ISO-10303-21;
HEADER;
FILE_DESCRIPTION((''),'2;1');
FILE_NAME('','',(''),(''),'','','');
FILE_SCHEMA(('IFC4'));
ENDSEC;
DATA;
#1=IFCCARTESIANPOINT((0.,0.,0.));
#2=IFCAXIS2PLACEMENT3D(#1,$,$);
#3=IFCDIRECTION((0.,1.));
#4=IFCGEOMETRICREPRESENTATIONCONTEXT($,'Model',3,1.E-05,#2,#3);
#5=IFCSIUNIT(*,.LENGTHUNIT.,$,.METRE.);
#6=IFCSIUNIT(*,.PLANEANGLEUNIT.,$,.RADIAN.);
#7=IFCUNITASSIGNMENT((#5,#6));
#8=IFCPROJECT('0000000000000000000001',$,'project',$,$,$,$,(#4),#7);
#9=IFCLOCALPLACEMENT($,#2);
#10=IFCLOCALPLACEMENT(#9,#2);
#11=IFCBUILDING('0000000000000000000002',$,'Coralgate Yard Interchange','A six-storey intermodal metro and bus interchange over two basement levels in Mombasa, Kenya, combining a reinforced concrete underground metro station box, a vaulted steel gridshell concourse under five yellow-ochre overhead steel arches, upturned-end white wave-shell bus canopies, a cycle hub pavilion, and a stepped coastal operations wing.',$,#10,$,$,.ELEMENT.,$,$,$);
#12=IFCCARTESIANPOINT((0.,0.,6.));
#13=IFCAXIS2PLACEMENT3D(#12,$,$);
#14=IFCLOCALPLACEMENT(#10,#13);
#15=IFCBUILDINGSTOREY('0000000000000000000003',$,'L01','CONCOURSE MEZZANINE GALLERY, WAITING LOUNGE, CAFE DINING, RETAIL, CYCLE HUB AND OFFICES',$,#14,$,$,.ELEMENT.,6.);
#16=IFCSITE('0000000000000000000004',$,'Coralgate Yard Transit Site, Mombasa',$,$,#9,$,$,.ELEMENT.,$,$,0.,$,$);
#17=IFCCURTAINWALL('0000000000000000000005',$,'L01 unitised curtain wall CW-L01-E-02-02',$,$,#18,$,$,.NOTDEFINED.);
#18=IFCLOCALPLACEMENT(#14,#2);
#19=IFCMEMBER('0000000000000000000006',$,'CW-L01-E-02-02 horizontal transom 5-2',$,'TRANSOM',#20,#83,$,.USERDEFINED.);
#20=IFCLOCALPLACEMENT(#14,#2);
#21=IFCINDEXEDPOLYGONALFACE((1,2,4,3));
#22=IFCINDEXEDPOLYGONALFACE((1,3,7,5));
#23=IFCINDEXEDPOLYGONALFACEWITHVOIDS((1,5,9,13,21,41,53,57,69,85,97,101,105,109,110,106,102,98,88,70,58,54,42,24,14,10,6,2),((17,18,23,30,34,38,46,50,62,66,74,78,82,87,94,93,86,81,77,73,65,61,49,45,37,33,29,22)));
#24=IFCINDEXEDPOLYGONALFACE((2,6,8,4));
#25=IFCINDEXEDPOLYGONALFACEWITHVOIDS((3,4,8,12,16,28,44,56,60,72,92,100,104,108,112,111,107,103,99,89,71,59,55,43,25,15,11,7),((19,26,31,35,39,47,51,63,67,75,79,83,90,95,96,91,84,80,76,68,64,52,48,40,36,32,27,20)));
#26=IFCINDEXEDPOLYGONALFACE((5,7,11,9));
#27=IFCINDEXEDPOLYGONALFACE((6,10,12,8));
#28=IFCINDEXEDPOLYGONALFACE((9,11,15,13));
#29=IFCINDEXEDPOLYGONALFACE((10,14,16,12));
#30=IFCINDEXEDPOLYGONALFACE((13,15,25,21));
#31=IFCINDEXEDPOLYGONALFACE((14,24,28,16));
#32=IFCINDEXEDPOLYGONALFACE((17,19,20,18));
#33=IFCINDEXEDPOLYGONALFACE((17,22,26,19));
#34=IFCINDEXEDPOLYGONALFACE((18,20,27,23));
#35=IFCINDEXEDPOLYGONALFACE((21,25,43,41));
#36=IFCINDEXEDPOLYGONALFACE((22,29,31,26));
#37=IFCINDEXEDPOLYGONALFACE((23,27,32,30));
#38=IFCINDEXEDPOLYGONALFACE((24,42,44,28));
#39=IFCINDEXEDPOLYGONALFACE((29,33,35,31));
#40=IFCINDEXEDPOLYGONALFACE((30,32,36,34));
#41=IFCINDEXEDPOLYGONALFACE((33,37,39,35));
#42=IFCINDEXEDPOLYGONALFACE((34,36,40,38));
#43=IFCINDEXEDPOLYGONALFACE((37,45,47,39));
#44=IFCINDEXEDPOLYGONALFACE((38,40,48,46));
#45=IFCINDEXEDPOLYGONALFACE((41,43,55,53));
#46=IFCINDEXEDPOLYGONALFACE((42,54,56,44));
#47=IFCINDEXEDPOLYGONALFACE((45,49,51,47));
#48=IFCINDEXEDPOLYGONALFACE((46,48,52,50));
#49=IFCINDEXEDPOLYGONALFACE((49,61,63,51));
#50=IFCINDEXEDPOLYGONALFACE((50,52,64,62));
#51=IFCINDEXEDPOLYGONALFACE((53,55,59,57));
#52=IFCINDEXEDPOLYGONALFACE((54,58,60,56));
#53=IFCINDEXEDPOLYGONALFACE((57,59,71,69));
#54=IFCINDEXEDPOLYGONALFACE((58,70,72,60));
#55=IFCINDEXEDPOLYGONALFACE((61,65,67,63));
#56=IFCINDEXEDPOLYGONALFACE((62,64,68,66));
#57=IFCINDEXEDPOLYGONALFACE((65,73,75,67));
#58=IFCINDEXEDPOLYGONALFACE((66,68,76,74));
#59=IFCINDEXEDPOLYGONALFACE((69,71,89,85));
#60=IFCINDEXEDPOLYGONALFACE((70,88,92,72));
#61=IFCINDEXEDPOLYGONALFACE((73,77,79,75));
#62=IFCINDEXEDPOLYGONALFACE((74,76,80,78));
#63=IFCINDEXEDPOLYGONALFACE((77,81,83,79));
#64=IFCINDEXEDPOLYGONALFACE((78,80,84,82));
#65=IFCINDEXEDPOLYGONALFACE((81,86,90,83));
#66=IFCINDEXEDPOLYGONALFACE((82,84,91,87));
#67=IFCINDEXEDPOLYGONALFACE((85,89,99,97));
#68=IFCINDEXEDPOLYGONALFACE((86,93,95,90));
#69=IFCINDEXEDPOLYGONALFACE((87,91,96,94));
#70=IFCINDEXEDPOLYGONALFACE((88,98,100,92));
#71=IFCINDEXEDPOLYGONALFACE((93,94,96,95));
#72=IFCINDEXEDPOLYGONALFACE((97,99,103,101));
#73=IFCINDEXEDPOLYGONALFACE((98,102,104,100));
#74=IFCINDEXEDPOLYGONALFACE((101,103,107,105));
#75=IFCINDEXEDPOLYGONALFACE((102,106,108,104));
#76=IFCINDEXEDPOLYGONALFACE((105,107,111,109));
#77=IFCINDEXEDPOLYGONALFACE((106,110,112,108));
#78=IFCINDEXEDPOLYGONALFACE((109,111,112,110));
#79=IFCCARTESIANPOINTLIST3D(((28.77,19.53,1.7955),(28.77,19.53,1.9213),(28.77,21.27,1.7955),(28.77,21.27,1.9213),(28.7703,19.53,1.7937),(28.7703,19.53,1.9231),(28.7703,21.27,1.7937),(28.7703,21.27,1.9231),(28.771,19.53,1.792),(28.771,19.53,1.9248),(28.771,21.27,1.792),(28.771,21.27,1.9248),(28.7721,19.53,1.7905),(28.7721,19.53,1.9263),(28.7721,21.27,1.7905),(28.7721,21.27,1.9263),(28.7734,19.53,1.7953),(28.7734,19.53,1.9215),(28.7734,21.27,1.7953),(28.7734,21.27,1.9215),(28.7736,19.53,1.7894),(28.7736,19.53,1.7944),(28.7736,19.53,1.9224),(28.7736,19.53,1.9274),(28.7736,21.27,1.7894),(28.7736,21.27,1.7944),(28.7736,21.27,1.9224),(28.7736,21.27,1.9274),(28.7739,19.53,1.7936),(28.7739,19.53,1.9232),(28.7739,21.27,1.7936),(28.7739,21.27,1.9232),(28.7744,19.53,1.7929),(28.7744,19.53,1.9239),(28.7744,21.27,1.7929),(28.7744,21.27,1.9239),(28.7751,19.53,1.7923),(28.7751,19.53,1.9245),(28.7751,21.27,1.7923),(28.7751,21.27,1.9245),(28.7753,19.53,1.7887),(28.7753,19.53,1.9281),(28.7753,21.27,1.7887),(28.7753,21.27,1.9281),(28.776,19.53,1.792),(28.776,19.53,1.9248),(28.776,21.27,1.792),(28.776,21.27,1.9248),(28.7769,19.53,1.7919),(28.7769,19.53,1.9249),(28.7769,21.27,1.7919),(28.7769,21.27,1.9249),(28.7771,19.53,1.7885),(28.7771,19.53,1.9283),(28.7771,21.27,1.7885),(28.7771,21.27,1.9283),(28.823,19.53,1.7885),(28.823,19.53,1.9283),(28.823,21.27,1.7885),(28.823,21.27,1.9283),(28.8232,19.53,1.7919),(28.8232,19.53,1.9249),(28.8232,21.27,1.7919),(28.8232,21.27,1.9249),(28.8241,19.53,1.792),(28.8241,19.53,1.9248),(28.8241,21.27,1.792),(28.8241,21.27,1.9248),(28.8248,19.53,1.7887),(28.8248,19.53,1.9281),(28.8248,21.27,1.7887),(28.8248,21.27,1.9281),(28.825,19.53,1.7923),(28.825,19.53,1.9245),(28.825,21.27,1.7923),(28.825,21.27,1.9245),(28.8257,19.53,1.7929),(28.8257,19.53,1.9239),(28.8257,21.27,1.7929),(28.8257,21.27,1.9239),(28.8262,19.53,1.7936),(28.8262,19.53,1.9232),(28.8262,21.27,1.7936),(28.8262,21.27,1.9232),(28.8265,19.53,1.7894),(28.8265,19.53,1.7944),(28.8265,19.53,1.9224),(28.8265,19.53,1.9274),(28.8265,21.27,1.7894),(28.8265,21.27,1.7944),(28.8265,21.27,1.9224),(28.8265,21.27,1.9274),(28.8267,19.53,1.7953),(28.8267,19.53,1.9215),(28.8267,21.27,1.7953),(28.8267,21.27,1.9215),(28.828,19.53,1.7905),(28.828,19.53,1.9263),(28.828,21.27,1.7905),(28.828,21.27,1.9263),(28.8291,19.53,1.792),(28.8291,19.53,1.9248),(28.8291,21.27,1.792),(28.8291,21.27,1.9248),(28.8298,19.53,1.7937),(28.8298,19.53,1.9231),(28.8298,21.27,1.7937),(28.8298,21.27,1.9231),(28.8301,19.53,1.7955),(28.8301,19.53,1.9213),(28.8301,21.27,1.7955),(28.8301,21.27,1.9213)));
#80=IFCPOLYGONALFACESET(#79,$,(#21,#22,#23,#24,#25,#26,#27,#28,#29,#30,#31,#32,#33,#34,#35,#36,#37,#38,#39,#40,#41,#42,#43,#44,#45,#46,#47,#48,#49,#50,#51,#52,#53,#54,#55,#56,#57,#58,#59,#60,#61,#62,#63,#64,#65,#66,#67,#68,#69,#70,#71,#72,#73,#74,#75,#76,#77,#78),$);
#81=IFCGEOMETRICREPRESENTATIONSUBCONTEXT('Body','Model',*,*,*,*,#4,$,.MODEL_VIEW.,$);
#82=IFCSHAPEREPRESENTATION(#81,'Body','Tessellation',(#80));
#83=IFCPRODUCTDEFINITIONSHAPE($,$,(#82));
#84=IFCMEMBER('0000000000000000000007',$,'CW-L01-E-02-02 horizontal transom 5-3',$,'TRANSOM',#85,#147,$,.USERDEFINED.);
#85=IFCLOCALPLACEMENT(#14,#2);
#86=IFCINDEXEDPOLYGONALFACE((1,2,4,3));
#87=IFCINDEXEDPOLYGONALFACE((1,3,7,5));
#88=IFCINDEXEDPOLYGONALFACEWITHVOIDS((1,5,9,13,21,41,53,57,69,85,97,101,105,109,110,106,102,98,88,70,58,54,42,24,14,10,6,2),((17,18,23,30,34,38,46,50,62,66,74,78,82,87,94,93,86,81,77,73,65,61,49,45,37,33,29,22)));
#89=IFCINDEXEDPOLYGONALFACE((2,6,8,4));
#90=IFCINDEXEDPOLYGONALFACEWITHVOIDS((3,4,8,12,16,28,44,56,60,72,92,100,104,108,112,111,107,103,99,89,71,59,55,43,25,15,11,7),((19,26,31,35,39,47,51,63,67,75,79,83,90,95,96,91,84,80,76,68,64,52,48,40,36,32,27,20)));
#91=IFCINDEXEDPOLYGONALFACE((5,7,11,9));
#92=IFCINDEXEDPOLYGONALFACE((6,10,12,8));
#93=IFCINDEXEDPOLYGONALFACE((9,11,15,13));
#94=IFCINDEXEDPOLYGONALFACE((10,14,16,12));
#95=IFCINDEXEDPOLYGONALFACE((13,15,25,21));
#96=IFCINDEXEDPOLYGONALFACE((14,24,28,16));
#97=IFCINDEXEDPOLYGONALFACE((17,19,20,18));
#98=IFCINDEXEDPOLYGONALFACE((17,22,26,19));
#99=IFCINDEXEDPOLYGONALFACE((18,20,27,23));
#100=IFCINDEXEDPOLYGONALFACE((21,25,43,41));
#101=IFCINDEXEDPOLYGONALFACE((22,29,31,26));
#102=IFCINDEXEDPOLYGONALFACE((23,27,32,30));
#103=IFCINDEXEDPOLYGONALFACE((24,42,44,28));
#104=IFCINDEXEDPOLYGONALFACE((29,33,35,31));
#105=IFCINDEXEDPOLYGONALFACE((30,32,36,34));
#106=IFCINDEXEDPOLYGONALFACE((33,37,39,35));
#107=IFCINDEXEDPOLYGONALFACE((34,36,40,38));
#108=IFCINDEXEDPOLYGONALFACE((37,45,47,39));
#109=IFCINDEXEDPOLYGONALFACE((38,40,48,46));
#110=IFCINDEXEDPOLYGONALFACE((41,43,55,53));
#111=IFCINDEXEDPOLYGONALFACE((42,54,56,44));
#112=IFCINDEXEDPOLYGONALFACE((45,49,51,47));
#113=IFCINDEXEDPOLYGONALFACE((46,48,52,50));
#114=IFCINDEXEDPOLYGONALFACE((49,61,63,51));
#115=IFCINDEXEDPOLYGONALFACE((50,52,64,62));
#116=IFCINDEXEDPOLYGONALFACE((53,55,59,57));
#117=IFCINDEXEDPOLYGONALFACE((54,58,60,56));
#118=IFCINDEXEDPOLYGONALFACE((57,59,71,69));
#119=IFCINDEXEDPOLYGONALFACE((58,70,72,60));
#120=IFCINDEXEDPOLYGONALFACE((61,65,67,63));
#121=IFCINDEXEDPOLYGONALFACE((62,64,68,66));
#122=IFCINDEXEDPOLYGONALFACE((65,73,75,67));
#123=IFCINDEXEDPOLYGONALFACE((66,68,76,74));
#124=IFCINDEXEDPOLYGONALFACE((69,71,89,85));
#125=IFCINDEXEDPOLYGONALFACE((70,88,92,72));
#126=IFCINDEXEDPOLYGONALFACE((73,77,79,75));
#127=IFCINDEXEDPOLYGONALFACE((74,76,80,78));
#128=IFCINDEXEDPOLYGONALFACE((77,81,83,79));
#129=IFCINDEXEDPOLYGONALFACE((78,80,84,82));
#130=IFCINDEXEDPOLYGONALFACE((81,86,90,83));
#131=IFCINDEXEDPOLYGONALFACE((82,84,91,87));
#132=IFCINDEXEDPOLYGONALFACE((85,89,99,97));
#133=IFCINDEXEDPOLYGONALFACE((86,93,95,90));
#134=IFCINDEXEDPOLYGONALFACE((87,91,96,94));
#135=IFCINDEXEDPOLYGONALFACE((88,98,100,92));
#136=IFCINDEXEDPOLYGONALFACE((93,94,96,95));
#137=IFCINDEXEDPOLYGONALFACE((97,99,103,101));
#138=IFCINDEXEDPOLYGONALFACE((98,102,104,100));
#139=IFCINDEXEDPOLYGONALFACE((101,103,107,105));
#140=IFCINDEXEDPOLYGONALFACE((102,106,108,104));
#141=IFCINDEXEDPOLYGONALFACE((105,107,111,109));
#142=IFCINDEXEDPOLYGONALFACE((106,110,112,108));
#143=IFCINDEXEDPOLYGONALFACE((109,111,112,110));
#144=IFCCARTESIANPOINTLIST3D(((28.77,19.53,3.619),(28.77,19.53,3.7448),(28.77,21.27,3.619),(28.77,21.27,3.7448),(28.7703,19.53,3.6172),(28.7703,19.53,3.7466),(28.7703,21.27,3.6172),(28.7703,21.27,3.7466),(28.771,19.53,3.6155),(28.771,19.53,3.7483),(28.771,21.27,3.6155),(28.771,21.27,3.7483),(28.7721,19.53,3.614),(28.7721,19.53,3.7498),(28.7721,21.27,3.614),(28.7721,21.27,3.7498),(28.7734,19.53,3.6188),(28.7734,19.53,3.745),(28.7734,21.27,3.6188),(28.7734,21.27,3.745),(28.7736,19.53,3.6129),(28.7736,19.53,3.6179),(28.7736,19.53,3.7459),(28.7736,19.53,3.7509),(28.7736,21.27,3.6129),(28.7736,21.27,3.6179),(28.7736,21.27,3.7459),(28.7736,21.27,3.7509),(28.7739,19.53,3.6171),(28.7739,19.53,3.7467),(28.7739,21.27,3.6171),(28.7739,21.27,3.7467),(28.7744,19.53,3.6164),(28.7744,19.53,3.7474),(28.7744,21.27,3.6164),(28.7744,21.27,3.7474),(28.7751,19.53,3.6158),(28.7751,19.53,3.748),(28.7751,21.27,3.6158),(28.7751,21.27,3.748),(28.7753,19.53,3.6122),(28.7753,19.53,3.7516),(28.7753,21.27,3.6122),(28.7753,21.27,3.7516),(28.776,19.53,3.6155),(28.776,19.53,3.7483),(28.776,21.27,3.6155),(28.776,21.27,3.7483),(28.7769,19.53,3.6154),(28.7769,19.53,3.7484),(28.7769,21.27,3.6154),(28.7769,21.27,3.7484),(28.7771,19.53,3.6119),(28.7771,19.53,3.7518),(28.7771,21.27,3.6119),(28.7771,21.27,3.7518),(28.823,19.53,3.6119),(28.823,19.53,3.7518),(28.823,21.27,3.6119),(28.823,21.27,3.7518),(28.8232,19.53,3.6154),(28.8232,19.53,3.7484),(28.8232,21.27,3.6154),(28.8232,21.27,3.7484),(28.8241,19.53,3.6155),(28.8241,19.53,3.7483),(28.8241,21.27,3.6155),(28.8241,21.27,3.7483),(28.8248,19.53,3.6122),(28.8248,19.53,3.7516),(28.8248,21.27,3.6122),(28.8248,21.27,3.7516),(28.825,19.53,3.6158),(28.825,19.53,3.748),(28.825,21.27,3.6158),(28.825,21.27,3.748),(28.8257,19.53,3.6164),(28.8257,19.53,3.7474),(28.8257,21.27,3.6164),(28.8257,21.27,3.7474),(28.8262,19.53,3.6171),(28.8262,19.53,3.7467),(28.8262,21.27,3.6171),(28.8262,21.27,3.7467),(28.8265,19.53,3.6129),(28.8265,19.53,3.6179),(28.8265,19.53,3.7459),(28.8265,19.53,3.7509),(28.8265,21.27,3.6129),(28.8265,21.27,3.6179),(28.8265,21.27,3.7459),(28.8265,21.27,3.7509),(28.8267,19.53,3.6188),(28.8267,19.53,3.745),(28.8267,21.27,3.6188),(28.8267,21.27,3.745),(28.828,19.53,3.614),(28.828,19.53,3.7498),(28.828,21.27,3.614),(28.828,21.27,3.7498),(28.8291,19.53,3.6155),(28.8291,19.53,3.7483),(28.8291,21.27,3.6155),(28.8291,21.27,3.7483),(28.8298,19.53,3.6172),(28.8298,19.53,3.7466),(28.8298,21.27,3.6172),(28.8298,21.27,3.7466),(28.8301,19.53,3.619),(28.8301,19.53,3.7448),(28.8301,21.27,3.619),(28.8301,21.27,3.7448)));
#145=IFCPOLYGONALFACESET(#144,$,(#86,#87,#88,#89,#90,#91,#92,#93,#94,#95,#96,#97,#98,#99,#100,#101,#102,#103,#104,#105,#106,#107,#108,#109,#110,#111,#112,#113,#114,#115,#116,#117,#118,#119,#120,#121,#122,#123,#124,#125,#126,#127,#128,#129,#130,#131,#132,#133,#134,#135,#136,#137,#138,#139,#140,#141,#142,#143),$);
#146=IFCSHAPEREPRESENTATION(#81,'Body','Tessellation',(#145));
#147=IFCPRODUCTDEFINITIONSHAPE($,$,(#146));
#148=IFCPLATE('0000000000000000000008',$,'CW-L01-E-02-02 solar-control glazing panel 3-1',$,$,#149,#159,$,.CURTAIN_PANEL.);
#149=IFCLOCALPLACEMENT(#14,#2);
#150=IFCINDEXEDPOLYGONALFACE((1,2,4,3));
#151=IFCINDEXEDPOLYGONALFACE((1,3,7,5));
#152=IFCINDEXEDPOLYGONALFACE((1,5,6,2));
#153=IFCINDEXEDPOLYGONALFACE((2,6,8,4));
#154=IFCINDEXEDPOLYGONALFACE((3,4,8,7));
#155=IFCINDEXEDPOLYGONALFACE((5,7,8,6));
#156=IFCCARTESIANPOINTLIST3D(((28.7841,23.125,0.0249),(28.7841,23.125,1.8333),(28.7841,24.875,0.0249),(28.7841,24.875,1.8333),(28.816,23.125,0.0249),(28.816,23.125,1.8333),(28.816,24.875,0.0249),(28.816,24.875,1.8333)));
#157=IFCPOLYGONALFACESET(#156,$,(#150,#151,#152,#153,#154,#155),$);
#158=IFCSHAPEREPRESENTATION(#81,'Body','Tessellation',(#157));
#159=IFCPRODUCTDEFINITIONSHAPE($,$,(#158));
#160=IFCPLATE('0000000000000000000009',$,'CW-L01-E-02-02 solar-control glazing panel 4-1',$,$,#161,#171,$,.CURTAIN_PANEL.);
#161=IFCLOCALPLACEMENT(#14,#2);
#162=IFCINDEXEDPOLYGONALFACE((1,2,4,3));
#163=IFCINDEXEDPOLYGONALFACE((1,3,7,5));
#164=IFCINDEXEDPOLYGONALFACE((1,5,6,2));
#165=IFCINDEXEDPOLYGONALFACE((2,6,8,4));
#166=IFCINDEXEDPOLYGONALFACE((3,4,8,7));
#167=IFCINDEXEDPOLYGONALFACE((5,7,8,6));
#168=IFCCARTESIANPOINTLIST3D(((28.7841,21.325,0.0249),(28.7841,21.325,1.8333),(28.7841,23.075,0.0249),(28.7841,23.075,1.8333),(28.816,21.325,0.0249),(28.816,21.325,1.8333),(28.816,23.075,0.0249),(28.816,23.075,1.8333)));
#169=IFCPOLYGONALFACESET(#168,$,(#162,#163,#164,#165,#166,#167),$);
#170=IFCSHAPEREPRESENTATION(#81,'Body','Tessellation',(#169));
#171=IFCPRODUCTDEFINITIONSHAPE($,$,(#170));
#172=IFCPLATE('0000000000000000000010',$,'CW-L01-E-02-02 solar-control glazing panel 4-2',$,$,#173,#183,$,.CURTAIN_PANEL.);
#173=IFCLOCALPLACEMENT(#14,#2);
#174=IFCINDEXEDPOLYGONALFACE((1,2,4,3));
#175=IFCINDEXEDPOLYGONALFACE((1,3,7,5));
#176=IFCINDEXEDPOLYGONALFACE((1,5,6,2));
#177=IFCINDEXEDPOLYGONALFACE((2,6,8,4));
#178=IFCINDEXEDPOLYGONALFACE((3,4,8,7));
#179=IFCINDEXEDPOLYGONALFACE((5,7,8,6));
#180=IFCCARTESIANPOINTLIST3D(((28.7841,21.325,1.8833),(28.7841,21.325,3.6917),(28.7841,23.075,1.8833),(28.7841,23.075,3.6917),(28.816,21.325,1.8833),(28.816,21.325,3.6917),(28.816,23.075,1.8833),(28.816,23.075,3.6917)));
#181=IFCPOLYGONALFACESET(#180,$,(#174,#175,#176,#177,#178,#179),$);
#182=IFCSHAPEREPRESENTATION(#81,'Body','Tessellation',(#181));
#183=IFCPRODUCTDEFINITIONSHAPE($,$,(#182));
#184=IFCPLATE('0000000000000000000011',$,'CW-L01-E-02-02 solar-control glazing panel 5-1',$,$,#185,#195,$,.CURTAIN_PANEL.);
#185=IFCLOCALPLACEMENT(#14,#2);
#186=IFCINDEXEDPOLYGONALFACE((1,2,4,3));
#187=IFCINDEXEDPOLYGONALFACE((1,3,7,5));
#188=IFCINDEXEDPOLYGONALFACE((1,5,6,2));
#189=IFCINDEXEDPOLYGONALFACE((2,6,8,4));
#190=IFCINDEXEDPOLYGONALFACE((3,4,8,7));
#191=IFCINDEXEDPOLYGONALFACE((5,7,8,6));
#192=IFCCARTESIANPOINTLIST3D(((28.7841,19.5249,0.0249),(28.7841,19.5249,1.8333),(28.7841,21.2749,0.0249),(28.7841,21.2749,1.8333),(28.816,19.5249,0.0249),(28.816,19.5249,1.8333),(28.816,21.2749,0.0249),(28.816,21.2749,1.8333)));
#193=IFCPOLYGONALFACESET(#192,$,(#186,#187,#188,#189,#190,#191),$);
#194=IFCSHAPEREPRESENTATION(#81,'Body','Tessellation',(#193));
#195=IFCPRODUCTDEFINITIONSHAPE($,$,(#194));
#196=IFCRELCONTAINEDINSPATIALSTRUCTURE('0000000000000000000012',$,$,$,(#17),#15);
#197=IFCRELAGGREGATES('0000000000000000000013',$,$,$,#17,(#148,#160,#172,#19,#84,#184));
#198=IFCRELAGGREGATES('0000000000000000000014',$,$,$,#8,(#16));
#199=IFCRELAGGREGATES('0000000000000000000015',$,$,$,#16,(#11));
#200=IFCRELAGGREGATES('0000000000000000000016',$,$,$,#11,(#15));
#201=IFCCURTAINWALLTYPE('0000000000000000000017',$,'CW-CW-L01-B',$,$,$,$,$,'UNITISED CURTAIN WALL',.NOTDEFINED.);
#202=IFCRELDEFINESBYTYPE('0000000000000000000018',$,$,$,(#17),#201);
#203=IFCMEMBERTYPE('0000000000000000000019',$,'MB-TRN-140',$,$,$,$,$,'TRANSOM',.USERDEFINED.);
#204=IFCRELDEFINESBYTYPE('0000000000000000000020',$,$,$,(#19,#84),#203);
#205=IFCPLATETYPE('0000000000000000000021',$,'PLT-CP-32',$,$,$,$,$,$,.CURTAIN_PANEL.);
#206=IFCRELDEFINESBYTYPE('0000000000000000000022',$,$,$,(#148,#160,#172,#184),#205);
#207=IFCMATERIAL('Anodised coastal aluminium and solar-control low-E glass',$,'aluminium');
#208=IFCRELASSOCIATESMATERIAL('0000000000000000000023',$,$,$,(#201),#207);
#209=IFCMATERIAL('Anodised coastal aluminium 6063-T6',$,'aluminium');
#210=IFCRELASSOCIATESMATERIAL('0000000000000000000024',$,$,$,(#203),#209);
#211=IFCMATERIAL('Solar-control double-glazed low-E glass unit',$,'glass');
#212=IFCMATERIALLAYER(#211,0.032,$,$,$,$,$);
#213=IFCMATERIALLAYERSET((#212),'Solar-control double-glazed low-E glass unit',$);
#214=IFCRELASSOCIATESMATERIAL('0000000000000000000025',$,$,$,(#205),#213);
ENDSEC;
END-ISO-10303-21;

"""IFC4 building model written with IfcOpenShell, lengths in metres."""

from ifc_helpers import new_model, si_unit, direction, frame, origin, origin_2d, place, context, subcontext, project, spatial, rectangle, hollow_rectangle, extrude, material, layer, layer_set, material_profile, profile_set, type_object, element, aggregate, save


model = new_model("IFC4")

# Units and contexts
model_context = context("Model", 3, precision=1e-05, world=origin(), true_north=direction((0.0, 1.0)))
body_context = subcontext(model_context, "Body", "Model", "MODEL_VIEW")
ifc_project = project(units=[si_unit("LENGTHUNIT", "METRE"), si_unit("PLANEANGLEUNIT", "RADIAN")], contexts=[model_context])

# Site, building, storey
site_placement = place(None, origin())
site = spatial("IfcSite", under=ifc_project, at=site_placement, Name="Coralgate Yard Transit Site, Mombasa", CompositionType="ELEMENT", RefElevation=0.0)
building_placement = place(site_placement, origin())
building = spatial("IfcBuilding", under=site, at=building_placement, Name="Coralgate Yard Interchange", Description="A six-storey intermodal metro and bus interchange over two basement levels in Mombasa, Kenya, combining a reinforced concrete underground metro station box, a vaulted steel gridshell concourse under five yellow-ochre overhead steel arches, upturned-end white wave-shell bus canopies, a cycle hub pavilion, and a stepped coastal operations wing.", CompositionType="ELEMENT")
storey_placement = place(building_placement, frame((0.0, 0.0, 6.0)))
storey = spatial("IfcBuildingStorey", under=building, at=storey_placement, Name="L01", Description="CONCOURSE MEZZANINE GALLERY, WAITING LOUNGE, CAFE DINING, RETAIL, CYCLE HUB AND OFFICES", CompositionType="ELEMENT", Elevation=6.0)

# Curtain wall, members, plates
ifc_material_1 = material(Name="Anodised coastal aluminium and solar-control low-E glass", Category="aluminium")
curtain_wall_type = type_object("IfcCurtainWallType", Name="CW-CW-L01-B", ElementType="UNITISED CURTAIN WALL", PredefinedType="NOTDEFINED", material=ifc_material_1)
curtain_wall_placement = place(storey_placement, origin())
curtain_wall = element("IfcCurtainWall", 1, at=curtain_wall_placement, inside=storey, type_object=curtain_wall_type, Name="L01 unitised curtain wall CW-L01-E-02-02", PredefinedType="NOTDEFINED")
ifc_material_2 = material(Name="Anodised coastal aluminium 6063-T6", Category="aluminium")
ifc_material_profile_1 = material_profile(ifc_material_2, hollow_rectangle(XDim=0.0601, YDim=0.1399, WallThickness=0.0034, InnerFilletRadius=0.0034, OuterFilletRadius=0.0071, at=origin_2d()), Name="ALU 60x140x3.5")
ifc_profile_set_1 = profile_set([ifc_material_profile_1], Name="Anodised coastal aluminium 6063-T6")
member_type_1 = type_object("IfcMemberType", Name="MB-TRN-140", ElementType="TRANSOM", PredefinedType="USERDEFINED", material=ifc_profile_set_1)
member_1_placement = place(storey_placement, frame((28.8, 21.27, 1.8584), z_axis=(0.0, -1.0, 0.0), x_axis=(1.0, 0.0, 0.0)))
member_1 = element("IfcMember", 2, at=member_1_placement, type_object=member_type_1, Name="CW-L01-E-02-02 horizontal transom 5-2", ObjectType="TRANSOM", PredefinedType="USERDEFINED", context=body_context, shape_type="SweptSolid", body=[
    extrude(hollow_rectangle(XDim=0.0601, YDim=0.1399, WallThickness=0.0034, InnerFilletRadius=0.0034, OuterFilletRadius=0.0071, at=origin_2d()), origin(), (0.0, 0.0, 1.0), 1.74),
])
member_2_placement = place(storey_placement, frame((28.8, 21.27, 3.6819), z_axis=(0.0, -1.0, 0.0), x_axis=(1.0, 0.0, 0.0)))
member_2 = element("IfcMember", 3, at=member_2_placement, type_object=member_type_1, Name="CW-L01-E-02-02 horizontal transom 5-3", ObjectType="TRANSOM", PredefinedType="USERDEFINED", context=body_context, shape_type="SweptSolid", body=[
    extrude(hollow_rectangle(XDim=0.0601, YDim=0.1399, WallThickness=0.0034, InnerFilletRadius=0.0034, OuterFilletRadius=0.0071, at=origin_2d()), origin(), (0.0, 0.0, 1.0), 1.74),
])
ifc_material_3 = material(Name="Solar-control double-glazed low-E glass unit", Category="glass")
ifc_layer = layer(ifc_material_3, 0.032)
ifc_layer_set = layer_set([ifc_layer], Name="Solar-control double-glazed low-E glass unit")
plate_type = type_object("IfcPlateType", Name="PLT-CP-32", PredefinedType="CURTAIN_PANEL", material=ifc_layer_set)
plate_1_placement = place(storey_placement, frame((28.8, 24.0, 0.0249), z_axis=(0.0, 0.0, 1.0), x_axis=(0.0, -1.0, 0.0)))
plate_1 = element("IfcPlate", 4, at=plate_1_placement, type_object=plate_type, Name="CW-L01-E-02-02 solar-control glazing panel 3-1", PredefinedType="CURTAIN_PANEL", context=body_context, shape_type="SweptSolid", body=[
    extrude(rectangle(XDim=1.75, YDim=0.032, at=origin_2d()), origin(), (0.0, 0.0, 1.0), 1.8083),
])
plate_2_placement = place(storey_placement, frame((28.8, 22.2, 0.0249), z_axis=(0.0, 0.0, 1.0), x_axis=(0.0, -1.0, 0.0)))
plate_2 = element("IfcPlate", 5, at=plate_2_placement, type_object=plate_type, Name="CW-L01-E-02-02 solar-control glazing panel 4-1", PredefinedType="CURTAIN_PANEL", context=body_context, shape_type="SweptSolid", body=[
    extrude(rectangle(XDim=1.75, YDim=0.032, at=origin_2d()), origin(), (0.0, 0.0, 1.0), 1.8083),
])
plate_3_placement = place(storey_placement, frame((28.8, 22.2, 1.8833), z_axis=(0.0, 0.0, 1.0), x_axis=(0.0, -1.0, 0.0)))
plate_3 = element("IfcPlate", 6, at=plate_3_placement, type_object=plate_type, Name="CW-L01-E-02-02 solar-control glazing panel 4-2", PredefinedType="CURTAIN_PANEL", context=body_context, shape_type="SweptSolid", body=[
    extrude(rectangle(XDim=1.75, YDim=0.032, at=origin_2d()), origin(), (0.0, 0.0, 1.0), 1.8083),
])
plate_4_placement = place(storey_placement, frame((28.8, 20.3999, 0.0249), z_axis=(0.0, 0.0, 1.0), x_axis=(0.0, -1.0, 0.0)))
plate_4 = element("IfcPlate", 7, at=plate_4_placement, type_object=plate_type, Name="CW-L01-E-02-02 solar-control glazing panel 5-1", PredefinedType="CURTAIN_PANEL", context=body_context, shape_type="SweptSolid", body=[
    extrude(rectangle(XDim=1.75, YDim=0.032, at=origin_2d()), origin(), (0.0, 0.0, 1.0), 1.8083),
])
aggregate(curtain_wall, [plate_1, plate_2, plate_3, member_1, member_2, plate_4])

save(model, "model.ifc")
